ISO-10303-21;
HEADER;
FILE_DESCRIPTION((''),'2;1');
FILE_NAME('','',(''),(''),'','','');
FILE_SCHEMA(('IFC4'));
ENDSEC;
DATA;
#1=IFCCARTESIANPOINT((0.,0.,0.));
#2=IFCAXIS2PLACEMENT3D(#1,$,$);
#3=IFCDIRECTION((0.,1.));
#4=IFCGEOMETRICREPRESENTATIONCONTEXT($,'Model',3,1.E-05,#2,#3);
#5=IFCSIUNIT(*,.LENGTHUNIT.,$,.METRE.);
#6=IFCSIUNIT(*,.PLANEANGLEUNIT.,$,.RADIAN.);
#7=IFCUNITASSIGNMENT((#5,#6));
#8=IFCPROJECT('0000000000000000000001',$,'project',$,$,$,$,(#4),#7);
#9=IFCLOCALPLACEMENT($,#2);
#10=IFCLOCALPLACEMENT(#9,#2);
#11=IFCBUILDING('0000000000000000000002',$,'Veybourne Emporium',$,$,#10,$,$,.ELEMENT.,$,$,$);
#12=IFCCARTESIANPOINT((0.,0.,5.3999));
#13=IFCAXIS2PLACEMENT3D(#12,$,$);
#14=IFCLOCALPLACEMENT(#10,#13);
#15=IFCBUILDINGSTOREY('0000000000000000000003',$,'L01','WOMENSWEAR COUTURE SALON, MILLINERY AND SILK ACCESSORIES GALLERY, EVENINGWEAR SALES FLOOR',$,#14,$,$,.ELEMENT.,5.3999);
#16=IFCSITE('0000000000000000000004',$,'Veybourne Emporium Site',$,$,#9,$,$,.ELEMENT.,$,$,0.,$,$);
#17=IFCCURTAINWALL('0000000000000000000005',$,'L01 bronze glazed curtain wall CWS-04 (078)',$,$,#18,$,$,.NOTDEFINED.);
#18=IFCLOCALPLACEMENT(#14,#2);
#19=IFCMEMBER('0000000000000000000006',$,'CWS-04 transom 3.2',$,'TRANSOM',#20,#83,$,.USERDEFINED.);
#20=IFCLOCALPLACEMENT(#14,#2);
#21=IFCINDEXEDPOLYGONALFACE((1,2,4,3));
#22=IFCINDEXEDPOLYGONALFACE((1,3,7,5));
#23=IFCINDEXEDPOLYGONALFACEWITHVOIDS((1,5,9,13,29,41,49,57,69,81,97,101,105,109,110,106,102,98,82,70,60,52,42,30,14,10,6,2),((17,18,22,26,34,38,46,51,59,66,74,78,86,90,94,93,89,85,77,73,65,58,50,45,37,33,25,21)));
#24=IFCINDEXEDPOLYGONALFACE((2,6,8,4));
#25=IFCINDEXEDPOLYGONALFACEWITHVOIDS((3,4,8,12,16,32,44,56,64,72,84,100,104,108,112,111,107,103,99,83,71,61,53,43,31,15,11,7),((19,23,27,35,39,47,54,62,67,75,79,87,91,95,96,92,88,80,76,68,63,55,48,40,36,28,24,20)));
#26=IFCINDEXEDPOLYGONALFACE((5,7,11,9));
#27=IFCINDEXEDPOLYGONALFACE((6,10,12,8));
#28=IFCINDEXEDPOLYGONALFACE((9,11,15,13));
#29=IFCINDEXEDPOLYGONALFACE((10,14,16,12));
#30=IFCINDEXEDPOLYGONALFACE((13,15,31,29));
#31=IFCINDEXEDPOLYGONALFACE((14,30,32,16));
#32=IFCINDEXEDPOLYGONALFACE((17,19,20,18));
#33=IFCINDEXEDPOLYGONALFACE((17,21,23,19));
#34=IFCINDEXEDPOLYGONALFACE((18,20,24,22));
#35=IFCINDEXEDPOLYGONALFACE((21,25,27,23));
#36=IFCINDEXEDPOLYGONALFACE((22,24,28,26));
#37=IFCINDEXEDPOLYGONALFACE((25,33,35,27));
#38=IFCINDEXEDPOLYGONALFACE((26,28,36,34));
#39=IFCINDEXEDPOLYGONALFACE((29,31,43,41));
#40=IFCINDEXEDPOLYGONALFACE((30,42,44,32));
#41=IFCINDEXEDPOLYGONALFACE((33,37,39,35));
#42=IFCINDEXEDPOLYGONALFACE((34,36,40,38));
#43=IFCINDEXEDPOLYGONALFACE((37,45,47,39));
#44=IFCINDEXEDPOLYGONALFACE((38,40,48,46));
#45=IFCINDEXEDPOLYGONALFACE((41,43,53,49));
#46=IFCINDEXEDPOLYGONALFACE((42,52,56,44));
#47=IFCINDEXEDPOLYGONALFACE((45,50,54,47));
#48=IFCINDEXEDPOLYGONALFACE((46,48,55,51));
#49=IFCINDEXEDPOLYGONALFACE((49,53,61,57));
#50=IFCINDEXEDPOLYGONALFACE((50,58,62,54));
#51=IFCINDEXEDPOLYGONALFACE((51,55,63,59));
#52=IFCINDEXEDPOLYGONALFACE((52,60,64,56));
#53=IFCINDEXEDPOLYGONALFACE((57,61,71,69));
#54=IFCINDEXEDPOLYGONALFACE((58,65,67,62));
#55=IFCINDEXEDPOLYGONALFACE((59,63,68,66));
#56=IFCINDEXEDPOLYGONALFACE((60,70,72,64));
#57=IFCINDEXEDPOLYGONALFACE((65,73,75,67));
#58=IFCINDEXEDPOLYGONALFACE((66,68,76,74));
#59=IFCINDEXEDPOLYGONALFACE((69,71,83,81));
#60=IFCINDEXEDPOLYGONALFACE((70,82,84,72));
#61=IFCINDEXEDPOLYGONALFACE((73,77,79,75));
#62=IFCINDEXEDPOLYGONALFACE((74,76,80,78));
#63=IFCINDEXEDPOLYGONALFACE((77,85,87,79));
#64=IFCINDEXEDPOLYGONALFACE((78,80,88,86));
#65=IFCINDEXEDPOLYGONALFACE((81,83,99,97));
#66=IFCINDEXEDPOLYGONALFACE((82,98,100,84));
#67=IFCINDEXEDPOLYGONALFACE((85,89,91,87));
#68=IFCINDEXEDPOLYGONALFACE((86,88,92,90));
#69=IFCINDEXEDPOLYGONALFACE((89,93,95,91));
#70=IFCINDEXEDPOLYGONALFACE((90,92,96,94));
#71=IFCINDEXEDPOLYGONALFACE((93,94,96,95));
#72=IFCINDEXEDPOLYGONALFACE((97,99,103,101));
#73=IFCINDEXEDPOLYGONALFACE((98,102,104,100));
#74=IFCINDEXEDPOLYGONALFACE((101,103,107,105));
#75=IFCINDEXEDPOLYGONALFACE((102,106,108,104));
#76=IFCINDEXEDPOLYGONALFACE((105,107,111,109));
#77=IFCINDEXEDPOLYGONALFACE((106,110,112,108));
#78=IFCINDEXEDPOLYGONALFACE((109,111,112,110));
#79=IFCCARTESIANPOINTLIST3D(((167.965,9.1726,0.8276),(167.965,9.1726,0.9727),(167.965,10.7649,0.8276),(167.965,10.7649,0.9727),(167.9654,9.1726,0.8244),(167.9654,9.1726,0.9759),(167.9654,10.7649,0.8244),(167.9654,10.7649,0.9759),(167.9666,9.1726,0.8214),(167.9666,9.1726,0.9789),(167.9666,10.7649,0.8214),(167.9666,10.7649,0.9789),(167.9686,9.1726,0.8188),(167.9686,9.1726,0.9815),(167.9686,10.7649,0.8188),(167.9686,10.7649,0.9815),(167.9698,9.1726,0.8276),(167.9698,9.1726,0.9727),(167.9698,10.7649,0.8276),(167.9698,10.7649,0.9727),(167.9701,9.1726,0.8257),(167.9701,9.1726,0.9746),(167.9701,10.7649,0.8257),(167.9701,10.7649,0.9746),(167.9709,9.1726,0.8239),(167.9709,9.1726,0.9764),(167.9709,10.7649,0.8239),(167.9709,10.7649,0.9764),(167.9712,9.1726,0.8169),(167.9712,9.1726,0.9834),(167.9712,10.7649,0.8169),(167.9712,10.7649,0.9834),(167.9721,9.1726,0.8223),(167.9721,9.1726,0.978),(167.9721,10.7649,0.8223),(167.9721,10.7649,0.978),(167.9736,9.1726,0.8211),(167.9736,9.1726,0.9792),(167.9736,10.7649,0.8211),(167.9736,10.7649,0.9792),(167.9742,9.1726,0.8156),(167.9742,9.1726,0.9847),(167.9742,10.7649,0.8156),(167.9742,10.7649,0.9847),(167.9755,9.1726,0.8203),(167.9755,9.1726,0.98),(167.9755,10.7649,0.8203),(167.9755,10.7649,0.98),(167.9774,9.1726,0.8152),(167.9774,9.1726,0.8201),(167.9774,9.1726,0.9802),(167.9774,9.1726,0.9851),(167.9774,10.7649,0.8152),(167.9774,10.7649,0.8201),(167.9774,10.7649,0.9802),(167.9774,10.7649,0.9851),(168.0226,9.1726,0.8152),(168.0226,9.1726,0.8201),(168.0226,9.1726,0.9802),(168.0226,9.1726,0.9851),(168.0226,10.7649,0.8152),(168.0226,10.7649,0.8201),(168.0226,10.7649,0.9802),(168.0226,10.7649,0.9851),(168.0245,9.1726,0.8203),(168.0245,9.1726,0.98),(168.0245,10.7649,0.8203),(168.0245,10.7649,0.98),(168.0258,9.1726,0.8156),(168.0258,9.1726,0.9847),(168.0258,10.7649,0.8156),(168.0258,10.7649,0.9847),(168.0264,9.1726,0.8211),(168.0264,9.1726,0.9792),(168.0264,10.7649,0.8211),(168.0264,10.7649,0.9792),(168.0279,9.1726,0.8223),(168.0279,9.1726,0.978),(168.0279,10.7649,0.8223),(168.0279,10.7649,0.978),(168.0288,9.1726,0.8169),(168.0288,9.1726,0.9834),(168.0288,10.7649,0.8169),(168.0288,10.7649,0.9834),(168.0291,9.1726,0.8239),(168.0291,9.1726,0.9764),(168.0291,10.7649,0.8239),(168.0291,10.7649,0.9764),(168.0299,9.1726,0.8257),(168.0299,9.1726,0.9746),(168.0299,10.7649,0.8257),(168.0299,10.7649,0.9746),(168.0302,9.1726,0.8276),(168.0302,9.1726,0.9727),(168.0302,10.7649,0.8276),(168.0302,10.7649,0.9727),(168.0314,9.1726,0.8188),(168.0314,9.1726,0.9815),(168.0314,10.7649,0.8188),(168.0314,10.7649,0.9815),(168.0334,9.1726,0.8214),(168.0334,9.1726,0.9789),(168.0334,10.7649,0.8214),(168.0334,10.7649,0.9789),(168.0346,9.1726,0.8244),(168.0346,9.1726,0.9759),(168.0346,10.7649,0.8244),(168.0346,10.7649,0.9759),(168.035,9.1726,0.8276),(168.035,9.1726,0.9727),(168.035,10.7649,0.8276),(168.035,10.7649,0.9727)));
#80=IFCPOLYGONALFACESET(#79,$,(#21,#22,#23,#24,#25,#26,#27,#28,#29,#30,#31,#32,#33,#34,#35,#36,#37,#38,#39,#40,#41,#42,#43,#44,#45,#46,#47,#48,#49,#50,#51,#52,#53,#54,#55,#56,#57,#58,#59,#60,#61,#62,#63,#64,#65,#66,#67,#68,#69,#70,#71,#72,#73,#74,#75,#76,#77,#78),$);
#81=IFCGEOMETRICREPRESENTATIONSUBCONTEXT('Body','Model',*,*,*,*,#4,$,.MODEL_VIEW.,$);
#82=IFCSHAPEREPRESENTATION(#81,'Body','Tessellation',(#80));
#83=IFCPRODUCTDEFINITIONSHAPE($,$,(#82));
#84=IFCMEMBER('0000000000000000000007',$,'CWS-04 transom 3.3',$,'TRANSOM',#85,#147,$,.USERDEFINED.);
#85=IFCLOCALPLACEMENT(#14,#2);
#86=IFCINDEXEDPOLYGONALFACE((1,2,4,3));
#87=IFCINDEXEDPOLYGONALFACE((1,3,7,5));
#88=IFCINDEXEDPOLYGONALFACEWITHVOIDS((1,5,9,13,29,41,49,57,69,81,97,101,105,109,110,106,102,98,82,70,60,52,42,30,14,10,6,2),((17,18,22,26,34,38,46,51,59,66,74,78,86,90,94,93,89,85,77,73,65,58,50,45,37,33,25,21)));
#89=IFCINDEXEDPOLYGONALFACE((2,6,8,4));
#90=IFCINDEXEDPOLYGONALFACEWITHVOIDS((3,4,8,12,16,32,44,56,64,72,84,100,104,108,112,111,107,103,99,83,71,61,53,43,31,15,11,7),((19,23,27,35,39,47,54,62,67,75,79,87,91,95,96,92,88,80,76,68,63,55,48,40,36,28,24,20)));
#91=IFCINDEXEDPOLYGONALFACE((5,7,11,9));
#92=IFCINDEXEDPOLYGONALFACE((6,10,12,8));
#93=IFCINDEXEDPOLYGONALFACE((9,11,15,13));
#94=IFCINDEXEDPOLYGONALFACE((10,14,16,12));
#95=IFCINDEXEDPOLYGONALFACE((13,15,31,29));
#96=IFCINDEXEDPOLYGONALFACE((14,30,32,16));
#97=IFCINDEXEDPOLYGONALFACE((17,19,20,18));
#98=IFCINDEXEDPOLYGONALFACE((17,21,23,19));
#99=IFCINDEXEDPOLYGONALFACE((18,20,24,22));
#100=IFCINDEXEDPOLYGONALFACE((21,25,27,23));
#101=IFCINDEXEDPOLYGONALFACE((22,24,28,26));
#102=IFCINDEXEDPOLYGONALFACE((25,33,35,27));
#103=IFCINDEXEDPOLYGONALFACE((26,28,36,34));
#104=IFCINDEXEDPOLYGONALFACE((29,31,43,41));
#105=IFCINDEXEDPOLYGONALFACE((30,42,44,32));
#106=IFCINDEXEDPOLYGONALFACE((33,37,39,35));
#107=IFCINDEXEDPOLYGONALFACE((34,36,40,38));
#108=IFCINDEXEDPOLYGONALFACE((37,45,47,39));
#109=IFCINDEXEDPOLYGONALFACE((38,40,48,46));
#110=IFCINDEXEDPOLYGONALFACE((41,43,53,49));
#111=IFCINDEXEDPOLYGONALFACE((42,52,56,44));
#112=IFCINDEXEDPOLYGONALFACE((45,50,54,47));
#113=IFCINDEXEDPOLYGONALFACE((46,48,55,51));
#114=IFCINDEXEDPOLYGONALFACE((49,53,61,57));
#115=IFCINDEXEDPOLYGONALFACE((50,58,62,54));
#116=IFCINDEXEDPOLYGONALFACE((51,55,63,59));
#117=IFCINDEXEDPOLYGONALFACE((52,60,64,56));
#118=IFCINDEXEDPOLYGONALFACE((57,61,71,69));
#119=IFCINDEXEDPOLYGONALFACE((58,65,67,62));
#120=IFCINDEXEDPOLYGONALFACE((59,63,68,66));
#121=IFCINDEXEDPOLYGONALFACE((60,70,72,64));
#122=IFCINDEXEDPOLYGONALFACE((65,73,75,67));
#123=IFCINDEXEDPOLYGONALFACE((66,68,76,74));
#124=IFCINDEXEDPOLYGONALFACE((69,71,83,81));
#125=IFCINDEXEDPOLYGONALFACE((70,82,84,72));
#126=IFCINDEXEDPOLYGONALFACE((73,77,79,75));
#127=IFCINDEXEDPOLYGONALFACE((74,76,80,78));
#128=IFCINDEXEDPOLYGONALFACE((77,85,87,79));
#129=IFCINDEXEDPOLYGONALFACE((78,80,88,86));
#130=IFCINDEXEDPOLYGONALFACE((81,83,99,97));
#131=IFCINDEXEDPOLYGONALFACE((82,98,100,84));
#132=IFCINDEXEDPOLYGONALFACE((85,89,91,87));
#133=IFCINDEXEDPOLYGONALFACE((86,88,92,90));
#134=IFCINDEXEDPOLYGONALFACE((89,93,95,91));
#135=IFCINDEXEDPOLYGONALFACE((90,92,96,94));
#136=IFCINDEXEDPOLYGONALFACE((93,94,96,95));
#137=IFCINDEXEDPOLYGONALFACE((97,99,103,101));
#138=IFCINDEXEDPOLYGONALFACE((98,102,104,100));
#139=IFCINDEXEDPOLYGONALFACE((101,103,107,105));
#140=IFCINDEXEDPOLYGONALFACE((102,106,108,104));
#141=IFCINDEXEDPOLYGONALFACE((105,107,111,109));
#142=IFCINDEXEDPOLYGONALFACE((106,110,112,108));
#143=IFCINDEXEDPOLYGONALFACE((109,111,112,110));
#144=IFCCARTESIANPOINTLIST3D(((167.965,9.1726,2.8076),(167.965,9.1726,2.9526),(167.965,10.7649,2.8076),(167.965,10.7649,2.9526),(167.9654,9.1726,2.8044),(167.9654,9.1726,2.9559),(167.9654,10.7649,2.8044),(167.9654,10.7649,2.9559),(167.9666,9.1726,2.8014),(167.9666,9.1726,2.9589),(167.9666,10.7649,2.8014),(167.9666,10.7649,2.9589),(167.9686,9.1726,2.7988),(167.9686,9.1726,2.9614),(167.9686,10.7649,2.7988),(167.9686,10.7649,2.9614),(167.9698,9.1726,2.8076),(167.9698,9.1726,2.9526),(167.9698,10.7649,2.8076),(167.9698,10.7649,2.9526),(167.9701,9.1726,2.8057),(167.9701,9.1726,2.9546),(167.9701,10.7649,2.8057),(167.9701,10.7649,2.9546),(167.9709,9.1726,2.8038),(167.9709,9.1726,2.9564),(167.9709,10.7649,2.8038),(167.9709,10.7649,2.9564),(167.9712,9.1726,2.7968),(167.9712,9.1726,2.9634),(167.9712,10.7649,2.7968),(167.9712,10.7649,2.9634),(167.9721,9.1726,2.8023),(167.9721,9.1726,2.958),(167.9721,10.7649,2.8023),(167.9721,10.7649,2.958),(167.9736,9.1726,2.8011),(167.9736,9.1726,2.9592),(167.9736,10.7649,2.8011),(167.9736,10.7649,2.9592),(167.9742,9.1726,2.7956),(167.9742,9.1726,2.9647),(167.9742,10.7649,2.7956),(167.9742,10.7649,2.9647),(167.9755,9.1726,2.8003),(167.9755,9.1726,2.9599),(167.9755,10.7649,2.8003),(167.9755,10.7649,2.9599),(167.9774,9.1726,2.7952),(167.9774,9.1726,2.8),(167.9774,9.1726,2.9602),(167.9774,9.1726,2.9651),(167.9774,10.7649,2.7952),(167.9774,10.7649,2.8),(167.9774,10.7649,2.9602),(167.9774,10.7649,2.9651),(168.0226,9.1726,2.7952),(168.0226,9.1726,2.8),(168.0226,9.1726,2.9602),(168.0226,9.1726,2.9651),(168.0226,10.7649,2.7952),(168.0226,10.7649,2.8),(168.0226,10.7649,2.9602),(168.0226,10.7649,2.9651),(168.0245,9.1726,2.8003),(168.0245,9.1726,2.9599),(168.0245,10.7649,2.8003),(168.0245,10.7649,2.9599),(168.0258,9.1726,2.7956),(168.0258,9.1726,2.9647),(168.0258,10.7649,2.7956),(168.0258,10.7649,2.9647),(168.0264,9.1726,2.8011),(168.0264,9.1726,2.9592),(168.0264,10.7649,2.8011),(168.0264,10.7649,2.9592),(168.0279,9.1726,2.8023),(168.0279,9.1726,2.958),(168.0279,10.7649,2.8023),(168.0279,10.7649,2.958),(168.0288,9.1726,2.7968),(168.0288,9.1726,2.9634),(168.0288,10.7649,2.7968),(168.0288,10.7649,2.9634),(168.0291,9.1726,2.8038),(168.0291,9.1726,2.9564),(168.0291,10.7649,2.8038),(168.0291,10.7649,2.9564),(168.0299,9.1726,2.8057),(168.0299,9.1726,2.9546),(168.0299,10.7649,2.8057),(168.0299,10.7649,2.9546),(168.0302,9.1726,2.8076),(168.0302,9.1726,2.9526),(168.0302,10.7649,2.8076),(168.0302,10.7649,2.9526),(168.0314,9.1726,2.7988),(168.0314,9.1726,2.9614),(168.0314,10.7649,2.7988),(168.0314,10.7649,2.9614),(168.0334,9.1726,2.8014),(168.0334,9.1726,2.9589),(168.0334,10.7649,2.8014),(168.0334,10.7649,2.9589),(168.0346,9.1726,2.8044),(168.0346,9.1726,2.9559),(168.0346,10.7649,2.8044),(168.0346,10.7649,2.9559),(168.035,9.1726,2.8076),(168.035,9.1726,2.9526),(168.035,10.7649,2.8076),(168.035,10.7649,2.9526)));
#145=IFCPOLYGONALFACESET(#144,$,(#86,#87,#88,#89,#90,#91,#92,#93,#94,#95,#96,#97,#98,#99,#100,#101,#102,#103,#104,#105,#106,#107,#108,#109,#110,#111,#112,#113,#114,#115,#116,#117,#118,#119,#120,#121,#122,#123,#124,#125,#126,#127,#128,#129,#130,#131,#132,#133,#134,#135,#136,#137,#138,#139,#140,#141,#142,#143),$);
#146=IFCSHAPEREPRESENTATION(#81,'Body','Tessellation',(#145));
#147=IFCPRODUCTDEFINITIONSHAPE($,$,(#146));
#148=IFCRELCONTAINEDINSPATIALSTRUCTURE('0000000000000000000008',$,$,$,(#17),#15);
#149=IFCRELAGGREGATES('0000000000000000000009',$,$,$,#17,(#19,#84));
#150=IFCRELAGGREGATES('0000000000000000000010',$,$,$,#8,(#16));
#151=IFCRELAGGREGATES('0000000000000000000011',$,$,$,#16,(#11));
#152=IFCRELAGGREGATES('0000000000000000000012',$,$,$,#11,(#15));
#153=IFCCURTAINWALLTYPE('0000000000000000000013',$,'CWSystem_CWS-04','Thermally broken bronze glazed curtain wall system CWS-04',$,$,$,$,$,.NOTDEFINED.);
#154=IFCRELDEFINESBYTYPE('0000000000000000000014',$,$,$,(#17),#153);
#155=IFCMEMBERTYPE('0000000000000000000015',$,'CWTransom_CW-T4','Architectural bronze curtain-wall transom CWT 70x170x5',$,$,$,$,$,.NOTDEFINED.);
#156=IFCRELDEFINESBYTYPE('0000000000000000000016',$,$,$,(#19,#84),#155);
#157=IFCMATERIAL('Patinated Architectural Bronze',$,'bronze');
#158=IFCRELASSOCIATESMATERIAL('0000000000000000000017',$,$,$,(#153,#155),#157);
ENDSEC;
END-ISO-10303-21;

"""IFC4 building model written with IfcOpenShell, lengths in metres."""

from ifc_helpers import new_model, si_unit, direction, frame, origin, origin_2d, place, context, subcontext, project, spatial, hollow_rectangle, extrude, material, material_profile, profile_set, type_object, element, aggregate, save


model = new_model("IFC4")

# Units and contexts
model_context = context("Model", 3, precision=1e-05, world=origin(), true_north=direction((0.0, 1.0)))
body_context = subcontext(model_context, "Body", "Model", "MODEL_VIEW")
ifc_project = project(units=[si_unit("LENGTHUNIT", "METRE"), si_unit("PLANEANGLEUNIT", "RADIAN")], contexts=[model_context])

# Site, building, storey
site_placement = place(None, origin())
site = spatial("IfcSite", under=ifc_project, at=site_placement, Name="Veybourne Emporium Site", CompositionType="ELEMENT", RefElevation=0.0)
building_placement = place(site_placement, origin())
building = spatial("IfcBuilding", under=site, at=building_placement, Name="Veybourne Emporium", CompositionType="ELEMENT")
storey_placement = place(building_placement, frame((0.0, 0.0, 5.3999)))
storey = spatial("IfcBuildingStorey", under=building, at=storey_placement, Name="L01", Description="WOMENSWEAR COUTURE SALON, MILLINERY AND SILK ACCESSORIES GALLERY, EVENINGWEAR SALES FLOOR", CompositionType="ELEMENT", Elevation=5.3999)

# Curtain wall, members
ifc_material_1 = material(Name="Patinated Architectural Bronze", Category="bronze")
curtain_wall_type = type_object("IfcCurtainWallType", Name="CWSystem_CWS-04", Description="Thermally broken bronze glazed curtain wall system CWS-04", PredefinedType="NOTDEFINED", material=ifc_material_1)
curtain_wall_placement = place(storey_placement, origin())
curtain_wall = element("IfcCurtainWall", 1, at=curtain_wall_placement, inside=storey, type_object=curtain_wall_type, Name="L01 bronze glazed curtain wall CWS-04 (078)", PredefinedType="NOTDEFINED")
ifc_material_profile_1 = material_profile(ifc_material_1, hollow_rectangle(XDim=0.0701, YDim=0.1699, WallThickness=0.0049, InnerFilletRadius=0.0076, OuterFilletRadius=0.0125, at=origin_2d()), Name="CWT 70x170x5")
ifc_profile_set_1 = profile_set([ifc_material_profile_1], Name="Patinated Architectural Bronze")
member_type_1 = type_object("IfcMemberType", Name="CWTransom_CW-T4", Description="Architectural bronze curtain-wall transom CWT 70x170x5", PredefinedType="NOTDEFINED", material=ifc_profile_set_1)
member_1_placement = place(storey_placement, frame((168.0, 10.7649, 0.9001), z_axis=(0.0, -1.0, 0.0), x_axis=(1.0, 0.0, 0.0)))
member_1 = element("IfcMember", 2, at=member_1_placement, type_object=member_type_1, Name="CWS-04 transom 3.2", ObjectType="TRANSOM", PredefinedType="USERDEFINED", context=body_context, shape_type="SweptSolid", body=[
    extrude(hollow_rectangle(XDim=0.0701, YDim=0.1699, WallThickness=0.0049, InnerFilletRadius=0.0076, OuterFilletRadius=0.0125, at=origin_2d()), origin(), (0.0, 0.0, 1.0), 1.5923),
])
member_2_placement = place(storey_placement, frame((168.0, 10.7649, 2.8801), z_axis=(0.0, -1.0, 0.0), x_axis=(1.0, 0.0, 0.0)))
member_2 = element("IfcMember", 3, at=member_2_placement, type_object=member_type_1, Name="CWS-04 transom 3.3", ObjectType="TRANSOM", PredefinedType="USERDEFINED", context=body_context, shape_type="SweptSolid", body=[
    extrude(hollow_rectangle(XDim=0.0701, YDim=0.1699, WallThickness=0.0049, InnerFilletRadius=0.0076, OuterFilletRadius=0.0125, at=origin_2d()), origin(), (0.0, 0.0, 1.0), 1.5923),
])
aggregate(curtain_wall, [member_1, member_2])

save(model, "model.ifc")
